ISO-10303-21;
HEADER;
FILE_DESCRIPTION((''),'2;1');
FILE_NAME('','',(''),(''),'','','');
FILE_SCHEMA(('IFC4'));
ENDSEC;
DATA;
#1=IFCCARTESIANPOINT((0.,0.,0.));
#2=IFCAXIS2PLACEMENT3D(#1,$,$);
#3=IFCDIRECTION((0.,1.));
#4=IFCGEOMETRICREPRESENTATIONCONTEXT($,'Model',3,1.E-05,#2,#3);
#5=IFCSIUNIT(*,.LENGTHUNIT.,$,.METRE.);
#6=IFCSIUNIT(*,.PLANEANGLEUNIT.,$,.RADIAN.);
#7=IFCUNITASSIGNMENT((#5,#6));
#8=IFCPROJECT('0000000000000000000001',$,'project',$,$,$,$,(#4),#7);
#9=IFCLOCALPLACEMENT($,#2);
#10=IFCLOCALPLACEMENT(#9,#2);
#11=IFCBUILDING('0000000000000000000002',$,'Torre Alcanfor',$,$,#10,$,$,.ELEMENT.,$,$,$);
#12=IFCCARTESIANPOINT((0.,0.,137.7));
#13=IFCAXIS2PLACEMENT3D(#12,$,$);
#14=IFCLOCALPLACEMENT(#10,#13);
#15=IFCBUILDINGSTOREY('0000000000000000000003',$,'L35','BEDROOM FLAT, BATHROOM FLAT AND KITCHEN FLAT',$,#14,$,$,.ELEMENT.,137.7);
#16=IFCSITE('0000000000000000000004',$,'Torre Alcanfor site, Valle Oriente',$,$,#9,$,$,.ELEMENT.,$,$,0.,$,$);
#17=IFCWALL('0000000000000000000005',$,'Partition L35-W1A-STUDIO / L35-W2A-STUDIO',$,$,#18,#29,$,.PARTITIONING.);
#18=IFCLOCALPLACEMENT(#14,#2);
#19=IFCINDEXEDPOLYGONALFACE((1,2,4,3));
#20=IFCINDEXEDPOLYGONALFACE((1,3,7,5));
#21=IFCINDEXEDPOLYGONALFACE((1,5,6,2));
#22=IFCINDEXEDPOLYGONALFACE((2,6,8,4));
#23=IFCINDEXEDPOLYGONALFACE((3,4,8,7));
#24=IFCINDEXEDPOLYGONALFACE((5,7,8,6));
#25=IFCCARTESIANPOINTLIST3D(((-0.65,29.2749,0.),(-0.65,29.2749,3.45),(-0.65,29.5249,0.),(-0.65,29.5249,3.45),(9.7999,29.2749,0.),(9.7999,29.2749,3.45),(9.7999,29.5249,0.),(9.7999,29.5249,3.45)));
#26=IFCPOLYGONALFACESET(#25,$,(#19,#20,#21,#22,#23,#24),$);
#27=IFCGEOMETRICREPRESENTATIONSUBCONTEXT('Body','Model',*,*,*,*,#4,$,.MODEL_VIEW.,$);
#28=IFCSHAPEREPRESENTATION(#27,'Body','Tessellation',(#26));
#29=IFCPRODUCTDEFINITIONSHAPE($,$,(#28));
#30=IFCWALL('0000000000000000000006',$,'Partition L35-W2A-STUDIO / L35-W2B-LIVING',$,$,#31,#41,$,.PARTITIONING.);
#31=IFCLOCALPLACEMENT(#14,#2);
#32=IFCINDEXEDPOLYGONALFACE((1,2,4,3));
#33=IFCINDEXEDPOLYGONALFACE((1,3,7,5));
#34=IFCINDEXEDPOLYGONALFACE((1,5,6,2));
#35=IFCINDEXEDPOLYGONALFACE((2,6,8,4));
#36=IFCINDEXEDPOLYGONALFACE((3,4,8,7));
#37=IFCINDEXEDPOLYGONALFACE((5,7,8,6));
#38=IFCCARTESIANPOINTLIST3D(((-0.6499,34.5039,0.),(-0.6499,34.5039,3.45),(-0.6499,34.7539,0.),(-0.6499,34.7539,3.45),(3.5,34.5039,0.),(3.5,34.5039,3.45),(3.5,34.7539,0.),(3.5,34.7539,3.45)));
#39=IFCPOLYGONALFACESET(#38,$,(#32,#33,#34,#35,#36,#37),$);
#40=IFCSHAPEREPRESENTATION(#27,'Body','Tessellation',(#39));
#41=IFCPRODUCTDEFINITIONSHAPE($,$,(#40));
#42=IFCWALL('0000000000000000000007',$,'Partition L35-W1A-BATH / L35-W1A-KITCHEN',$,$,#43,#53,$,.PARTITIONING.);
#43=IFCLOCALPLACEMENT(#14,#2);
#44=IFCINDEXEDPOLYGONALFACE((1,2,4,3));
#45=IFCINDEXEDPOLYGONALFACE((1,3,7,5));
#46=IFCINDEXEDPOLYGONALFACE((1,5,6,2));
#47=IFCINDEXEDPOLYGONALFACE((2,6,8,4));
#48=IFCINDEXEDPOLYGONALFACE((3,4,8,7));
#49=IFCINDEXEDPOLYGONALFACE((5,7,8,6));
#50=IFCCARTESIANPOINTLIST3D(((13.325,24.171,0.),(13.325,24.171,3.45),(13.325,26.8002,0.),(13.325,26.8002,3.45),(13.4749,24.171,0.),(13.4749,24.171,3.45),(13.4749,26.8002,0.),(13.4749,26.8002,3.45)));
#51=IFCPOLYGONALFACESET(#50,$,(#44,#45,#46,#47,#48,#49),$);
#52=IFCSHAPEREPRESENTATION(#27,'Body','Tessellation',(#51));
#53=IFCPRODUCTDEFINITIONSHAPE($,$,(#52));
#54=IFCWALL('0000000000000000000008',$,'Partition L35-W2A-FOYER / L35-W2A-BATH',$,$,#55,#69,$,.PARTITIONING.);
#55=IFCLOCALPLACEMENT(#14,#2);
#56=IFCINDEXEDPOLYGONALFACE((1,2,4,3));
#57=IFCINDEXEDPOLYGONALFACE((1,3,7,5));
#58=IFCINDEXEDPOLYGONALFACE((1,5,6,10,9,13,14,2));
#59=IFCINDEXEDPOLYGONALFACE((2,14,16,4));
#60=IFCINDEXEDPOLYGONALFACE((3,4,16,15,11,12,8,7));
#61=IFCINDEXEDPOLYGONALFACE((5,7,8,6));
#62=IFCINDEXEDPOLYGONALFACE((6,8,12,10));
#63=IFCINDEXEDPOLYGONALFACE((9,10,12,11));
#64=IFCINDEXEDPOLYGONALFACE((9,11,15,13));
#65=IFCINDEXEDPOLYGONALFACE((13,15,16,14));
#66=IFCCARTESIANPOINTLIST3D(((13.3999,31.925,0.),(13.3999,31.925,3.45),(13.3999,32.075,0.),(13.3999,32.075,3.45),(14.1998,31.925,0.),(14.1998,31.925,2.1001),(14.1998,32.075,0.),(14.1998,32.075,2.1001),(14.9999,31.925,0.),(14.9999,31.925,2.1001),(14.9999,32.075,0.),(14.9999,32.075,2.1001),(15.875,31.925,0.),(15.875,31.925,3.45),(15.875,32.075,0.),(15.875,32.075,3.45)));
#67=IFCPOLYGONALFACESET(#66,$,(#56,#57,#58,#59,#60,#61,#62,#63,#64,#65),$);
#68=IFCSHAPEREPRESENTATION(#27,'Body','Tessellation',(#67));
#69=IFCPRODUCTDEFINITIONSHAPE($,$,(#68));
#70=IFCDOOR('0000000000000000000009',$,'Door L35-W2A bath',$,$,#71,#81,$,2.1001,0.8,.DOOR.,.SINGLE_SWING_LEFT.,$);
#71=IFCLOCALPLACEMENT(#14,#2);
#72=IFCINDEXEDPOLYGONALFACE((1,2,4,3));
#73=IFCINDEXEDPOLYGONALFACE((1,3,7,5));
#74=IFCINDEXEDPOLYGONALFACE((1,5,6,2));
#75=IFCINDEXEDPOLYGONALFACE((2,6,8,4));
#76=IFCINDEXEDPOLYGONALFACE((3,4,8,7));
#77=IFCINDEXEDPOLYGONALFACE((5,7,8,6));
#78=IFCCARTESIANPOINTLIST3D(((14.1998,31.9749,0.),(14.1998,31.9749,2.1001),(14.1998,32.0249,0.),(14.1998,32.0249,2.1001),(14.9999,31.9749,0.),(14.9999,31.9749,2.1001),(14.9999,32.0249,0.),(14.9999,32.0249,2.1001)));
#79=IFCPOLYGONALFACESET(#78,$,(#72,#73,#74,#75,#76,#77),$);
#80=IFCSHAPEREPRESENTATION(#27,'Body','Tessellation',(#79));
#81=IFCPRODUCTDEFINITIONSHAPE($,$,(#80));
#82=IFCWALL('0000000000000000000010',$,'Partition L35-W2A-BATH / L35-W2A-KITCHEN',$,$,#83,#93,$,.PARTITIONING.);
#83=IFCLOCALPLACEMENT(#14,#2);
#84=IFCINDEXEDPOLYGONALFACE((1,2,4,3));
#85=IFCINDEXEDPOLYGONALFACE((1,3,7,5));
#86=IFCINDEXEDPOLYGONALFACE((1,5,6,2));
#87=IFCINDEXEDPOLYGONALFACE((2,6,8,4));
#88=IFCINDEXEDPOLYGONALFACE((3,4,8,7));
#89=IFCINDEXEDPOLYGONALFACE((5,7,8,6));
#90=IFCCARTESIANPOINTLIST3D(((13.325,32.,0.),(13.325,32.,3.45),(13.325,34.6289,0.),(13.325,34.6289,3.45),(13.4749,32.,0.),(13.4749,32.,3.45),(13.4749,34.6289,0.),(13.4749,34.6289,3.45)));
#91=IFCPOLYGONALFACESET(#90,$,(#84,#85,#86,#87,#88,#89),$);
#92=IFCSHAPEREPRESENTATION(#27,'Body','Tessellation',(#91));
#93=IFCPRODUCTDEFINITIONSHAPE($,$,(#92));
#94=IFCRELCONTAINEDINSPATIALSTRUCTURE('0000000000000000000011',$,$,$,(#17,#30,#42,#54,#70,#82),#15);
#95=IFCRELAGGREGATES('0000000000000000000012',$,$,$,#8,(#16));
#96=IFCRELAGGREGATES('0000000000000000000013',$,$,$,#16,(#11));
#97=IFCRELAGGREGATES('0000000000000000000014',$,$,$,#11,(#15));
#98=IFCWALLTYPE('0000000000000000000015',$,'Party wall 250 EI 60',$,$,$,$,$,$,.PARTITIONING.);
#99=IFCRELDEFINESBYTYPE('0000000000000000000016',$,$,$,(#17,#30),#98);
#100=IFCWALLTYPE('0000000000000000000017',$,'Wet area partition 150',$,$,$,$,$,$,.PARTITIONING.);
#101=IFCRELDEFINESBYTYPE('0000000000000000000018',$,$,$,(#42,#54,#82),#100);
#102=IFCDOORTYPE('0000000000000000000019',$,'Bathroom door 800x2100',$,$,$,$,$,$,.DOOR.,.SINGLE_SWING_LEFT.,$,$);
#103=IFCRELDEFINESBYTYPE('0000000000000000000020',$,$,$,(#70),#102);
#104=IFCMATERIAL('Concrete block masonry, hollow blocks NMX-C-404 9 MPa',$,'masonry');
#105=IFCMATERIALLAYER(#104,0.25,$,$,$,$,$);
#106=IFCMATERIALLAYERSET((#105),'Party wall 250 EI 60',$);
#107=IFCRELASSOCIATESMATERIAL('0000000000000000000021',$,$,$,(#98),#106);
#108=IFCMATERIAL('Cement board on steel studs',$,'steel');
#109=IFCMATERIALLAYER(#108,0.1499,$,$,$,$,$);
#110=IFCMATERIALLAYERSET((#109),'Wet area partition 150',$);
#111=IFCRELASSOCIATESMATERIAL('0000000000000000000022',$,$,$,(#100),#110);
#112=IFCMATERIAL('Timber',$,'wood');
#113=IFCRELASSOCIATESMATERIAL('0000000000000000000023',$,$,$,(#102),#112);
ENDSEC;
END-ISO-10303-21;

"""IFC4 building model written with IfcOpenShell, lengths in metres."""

from ifc_helpers import new_model, si_unit, direction, frame, frame_2d, origin, place, context, subcontext, project, spatial, rectangle, extrude, material, layer, layer_set, type_object, element, fill, save


model = new_model("IFC4")

# Units and contexts
model_context = context("Model", 3, precision=1e-05, world=origin(), true_north=direction((0.0, 1.0)))
body_context = subcontext(model_context, "Body", "Model", "MODEL_VIEW")
ifc_project = project(units=[si_unit("LENGTHUNIT", "METRE"), si_unit("PLANEANGLEUNIT", "RADIAN")], contexts=[model_context])

# Site, building, storey
site_placement = place(None, origin())
site = spatial("IfcSite", under=ifc_project, at=site_placement, Name="Torre Alcanfor site, Valle Oriente", CompositionType="ELEMENT", RefElevation=0.0)
building_placement = place(site_placement, origin())
building = spatial("IfcBuilding", under=site, at=building_placement, Name="Torre Alcanfor", CompositionType="ELEMENT")
storey_placement = place(building_placement, frame((0.0, 0.0, 137.7)))
storey = spatial("IfcBuildingStorey", under=building, at=storey_placement, Name="L35", Description="BEDROOM FLAT, BATHROOM FLAT AND KITCHEN FLAT", CompositionType="ELEMENT", Elevation=137.7)

# Walls
ifc_material_1 = material(Name="Concrete block masonry, hollow blocks NMX-C-404 9 MPa", Category="masonry")
ifc_layer_1 = layer(ifc_material_1, 0.25)
ifc_layer_set_1 = layer_set([ifc_layer_1], Name="Party wall 250 EI 60")
wall_type_1 = type_object("IfcWallType", Name="Party wall 250 EI 60", PredefinedType="PARTITIONING", material=ifc_layer_set_1)
wall_1_placement = place(storey_placement, frame((9.8, 29.3999, 0.0), z_axis=(0.0, 0.0, 1.0), x_axis=(-1.0, 0.0, 0.0)))
element("IfcWall", 1, at=wall_1_placement, inside=storey, type_object=wall_type_1, Name="Partition L35-W1A-STUDIO / L35-W2A-STUDIO", PredefinedType="PARTITIONING", context=body_context, shape_type="SweptSolid", body=[
    extrude(rectangle(XDim=10.45, YDim=0.25, at=frame_2d((5.2251, 0.0))), origin(), (0.0, 0.0, 1.0), 3.45),
])
wall_2_placement = place(storey_placement, frame((-0.6499, 34.6289, 0.0), z_axis=(0.0, 0.0, 1.0), x_axis=(1.0, 0.0, 0.0)))
element("IfcWall", 2, at=wall_2_placement, inside=storey, type_object=wall_type_1, Name="Partition L35-W2A-STUDIO / L35-W2B-LIVING", PredefinedType="PARTITIONING", context=body_context, shape_type="SweptSolid", body=[
    extrude(rectangle(XDim=4.1499, YDim=0.25, at=frame_2d((2.075, 0.0))), origin(), (0.0, 0.0, 1.0), 3.45),
])
ifc_material_2 = material(Name="Cement board on steel studs", Category="steel")
ifc_layer_2 = layer(ifc_material_2, 0.1499)
ifc_layer_set_2 = layer_set([ifc_layer_2], Name="Wet area partition 150")
wall_type_2 = type_object("IfcWallType", Name="Wet area partition 150", PredefinedType="PARTITIONING", material=ifc_layer_set_2)
wall_3_placement = place(storey_placement, frame((13.3999, 26.8, 0.0), z_axis=(0.0, 0.0, 1.0), x_axis=(0.0, -1.0, 0.0)))
element("IfcWall", 3, at=wall_3_placement, inside=storey, type_object=wall_type_2, Name="Partition L35-W1A-BATH / L35-W1A-KITCHEN", PredefinedType="PARTITIONING", context=body_context, shape_type="SweptSolid", body=[
    extrude(rectangle(XDim=2.6292, YDim=0.1499, at=frame_2d((1.3145, 0.0))), origin(), (0.0, 0.0, 1.0), 3.45),
])

# Wall, opening, door
wall_4_placement = place(storey_placement, frame((13.3999, 32.0, 0.0), z_axis=(0.0, 0.0, 1.0), x_axis=(1.0, 0.0, 0.0)))
wall_4 = element("IfcWall", 4, at=wall_4_placement, inside=storey, type_object=wall_type_2, Name="Partition L35-W2A-FOYER / L35-W2A-BATH", PredefinedType="PARTITIONING", context=body_context, shape_type="SweptSolid", body=[
    extrude(rectangle(XDim=2.4751, YDim=0.1499, at=frame_2d((1.2375, 0.0))), origin(), (0.0, 0.0, 1.0), 3.45),
])
opening_1_placement = place(wall_4_placement, frame((0.8, 0.0, 0.0)))
opening_1 = element("IfcOpeningElement", 5, at=opening_1_placement, cuts=wall_4, PredefinedType="OPENING", context=body_context, shape_type="SweptSolid", body=[
    extrude(rectangle(XDim=0.8, YDim=2.1001, at=frame_2d((0.3999, 1.05))), frame((0.0, 0.085, 0.0), z_axis=(0.0, -1.0, 0.0), x_axis=(1.0, 0.0, 0.0)), (0.0, 0.0, 1.0), 0.1699),
])
ifc_material_3 = material(Name="Timber", Category="wood")
door_type_1 = type_object("IfcDoorType", Name="Bathroom door 800x2100", OperationType="SINGLE_SWING_LEFT", PredefinedType="DOOR", material=ifc_material_3)
door_1_placement = place(opening_1_placement, origin())
door_1 = element("IfcDoor", 6, at=door_1_placement, inside=storey, type_object=door_type_1, Name="Door L35-W2A bath", OperationType="SINGLE_SWING_LEFT", OverallHeight=2.1001, OverallWidth=0.8, PredefinedType="DOOR", context=body_context, shape_type="SweptSolid", body=[
    extrude(rectangle(XDim=0.8, YDim=2.1001, at=frame_2d((0.3999, 1.05))), frame((0.0, 0.0249, 0.0), z_axis=(0.0, -1.0, 0.0), x_axis=(1.0, 0.0, 0.0)), (0.0, 0.0, 1.0), 0.05),
])
fill(opening_1, door_1)

# Wall
wall_5_placement = place(storey_placement, frame((13.3999, 32.0, 0.0), z_axis=(0.0, 0.0, 1.0), x_axis=(0.0, 1.0, 0.0)))
element("IfcWall", 7, at=wall_5_placement, inside=storey, type_object=wall_type_2, Name="Partition L35-W2A-BATH / L35-W2A-KITCHEN", PredefinedType="PARTITIONING", context=body_context, shape_type="SweptSolid", body=[
    extrude(rectangle(XDim=2.6289, YDim=0.1499, at=frame_2d((1.3145, 0.0))), origin(), (0.0, 0.0, 1.0), 3.45),
])

save(model, "model.ifc")
